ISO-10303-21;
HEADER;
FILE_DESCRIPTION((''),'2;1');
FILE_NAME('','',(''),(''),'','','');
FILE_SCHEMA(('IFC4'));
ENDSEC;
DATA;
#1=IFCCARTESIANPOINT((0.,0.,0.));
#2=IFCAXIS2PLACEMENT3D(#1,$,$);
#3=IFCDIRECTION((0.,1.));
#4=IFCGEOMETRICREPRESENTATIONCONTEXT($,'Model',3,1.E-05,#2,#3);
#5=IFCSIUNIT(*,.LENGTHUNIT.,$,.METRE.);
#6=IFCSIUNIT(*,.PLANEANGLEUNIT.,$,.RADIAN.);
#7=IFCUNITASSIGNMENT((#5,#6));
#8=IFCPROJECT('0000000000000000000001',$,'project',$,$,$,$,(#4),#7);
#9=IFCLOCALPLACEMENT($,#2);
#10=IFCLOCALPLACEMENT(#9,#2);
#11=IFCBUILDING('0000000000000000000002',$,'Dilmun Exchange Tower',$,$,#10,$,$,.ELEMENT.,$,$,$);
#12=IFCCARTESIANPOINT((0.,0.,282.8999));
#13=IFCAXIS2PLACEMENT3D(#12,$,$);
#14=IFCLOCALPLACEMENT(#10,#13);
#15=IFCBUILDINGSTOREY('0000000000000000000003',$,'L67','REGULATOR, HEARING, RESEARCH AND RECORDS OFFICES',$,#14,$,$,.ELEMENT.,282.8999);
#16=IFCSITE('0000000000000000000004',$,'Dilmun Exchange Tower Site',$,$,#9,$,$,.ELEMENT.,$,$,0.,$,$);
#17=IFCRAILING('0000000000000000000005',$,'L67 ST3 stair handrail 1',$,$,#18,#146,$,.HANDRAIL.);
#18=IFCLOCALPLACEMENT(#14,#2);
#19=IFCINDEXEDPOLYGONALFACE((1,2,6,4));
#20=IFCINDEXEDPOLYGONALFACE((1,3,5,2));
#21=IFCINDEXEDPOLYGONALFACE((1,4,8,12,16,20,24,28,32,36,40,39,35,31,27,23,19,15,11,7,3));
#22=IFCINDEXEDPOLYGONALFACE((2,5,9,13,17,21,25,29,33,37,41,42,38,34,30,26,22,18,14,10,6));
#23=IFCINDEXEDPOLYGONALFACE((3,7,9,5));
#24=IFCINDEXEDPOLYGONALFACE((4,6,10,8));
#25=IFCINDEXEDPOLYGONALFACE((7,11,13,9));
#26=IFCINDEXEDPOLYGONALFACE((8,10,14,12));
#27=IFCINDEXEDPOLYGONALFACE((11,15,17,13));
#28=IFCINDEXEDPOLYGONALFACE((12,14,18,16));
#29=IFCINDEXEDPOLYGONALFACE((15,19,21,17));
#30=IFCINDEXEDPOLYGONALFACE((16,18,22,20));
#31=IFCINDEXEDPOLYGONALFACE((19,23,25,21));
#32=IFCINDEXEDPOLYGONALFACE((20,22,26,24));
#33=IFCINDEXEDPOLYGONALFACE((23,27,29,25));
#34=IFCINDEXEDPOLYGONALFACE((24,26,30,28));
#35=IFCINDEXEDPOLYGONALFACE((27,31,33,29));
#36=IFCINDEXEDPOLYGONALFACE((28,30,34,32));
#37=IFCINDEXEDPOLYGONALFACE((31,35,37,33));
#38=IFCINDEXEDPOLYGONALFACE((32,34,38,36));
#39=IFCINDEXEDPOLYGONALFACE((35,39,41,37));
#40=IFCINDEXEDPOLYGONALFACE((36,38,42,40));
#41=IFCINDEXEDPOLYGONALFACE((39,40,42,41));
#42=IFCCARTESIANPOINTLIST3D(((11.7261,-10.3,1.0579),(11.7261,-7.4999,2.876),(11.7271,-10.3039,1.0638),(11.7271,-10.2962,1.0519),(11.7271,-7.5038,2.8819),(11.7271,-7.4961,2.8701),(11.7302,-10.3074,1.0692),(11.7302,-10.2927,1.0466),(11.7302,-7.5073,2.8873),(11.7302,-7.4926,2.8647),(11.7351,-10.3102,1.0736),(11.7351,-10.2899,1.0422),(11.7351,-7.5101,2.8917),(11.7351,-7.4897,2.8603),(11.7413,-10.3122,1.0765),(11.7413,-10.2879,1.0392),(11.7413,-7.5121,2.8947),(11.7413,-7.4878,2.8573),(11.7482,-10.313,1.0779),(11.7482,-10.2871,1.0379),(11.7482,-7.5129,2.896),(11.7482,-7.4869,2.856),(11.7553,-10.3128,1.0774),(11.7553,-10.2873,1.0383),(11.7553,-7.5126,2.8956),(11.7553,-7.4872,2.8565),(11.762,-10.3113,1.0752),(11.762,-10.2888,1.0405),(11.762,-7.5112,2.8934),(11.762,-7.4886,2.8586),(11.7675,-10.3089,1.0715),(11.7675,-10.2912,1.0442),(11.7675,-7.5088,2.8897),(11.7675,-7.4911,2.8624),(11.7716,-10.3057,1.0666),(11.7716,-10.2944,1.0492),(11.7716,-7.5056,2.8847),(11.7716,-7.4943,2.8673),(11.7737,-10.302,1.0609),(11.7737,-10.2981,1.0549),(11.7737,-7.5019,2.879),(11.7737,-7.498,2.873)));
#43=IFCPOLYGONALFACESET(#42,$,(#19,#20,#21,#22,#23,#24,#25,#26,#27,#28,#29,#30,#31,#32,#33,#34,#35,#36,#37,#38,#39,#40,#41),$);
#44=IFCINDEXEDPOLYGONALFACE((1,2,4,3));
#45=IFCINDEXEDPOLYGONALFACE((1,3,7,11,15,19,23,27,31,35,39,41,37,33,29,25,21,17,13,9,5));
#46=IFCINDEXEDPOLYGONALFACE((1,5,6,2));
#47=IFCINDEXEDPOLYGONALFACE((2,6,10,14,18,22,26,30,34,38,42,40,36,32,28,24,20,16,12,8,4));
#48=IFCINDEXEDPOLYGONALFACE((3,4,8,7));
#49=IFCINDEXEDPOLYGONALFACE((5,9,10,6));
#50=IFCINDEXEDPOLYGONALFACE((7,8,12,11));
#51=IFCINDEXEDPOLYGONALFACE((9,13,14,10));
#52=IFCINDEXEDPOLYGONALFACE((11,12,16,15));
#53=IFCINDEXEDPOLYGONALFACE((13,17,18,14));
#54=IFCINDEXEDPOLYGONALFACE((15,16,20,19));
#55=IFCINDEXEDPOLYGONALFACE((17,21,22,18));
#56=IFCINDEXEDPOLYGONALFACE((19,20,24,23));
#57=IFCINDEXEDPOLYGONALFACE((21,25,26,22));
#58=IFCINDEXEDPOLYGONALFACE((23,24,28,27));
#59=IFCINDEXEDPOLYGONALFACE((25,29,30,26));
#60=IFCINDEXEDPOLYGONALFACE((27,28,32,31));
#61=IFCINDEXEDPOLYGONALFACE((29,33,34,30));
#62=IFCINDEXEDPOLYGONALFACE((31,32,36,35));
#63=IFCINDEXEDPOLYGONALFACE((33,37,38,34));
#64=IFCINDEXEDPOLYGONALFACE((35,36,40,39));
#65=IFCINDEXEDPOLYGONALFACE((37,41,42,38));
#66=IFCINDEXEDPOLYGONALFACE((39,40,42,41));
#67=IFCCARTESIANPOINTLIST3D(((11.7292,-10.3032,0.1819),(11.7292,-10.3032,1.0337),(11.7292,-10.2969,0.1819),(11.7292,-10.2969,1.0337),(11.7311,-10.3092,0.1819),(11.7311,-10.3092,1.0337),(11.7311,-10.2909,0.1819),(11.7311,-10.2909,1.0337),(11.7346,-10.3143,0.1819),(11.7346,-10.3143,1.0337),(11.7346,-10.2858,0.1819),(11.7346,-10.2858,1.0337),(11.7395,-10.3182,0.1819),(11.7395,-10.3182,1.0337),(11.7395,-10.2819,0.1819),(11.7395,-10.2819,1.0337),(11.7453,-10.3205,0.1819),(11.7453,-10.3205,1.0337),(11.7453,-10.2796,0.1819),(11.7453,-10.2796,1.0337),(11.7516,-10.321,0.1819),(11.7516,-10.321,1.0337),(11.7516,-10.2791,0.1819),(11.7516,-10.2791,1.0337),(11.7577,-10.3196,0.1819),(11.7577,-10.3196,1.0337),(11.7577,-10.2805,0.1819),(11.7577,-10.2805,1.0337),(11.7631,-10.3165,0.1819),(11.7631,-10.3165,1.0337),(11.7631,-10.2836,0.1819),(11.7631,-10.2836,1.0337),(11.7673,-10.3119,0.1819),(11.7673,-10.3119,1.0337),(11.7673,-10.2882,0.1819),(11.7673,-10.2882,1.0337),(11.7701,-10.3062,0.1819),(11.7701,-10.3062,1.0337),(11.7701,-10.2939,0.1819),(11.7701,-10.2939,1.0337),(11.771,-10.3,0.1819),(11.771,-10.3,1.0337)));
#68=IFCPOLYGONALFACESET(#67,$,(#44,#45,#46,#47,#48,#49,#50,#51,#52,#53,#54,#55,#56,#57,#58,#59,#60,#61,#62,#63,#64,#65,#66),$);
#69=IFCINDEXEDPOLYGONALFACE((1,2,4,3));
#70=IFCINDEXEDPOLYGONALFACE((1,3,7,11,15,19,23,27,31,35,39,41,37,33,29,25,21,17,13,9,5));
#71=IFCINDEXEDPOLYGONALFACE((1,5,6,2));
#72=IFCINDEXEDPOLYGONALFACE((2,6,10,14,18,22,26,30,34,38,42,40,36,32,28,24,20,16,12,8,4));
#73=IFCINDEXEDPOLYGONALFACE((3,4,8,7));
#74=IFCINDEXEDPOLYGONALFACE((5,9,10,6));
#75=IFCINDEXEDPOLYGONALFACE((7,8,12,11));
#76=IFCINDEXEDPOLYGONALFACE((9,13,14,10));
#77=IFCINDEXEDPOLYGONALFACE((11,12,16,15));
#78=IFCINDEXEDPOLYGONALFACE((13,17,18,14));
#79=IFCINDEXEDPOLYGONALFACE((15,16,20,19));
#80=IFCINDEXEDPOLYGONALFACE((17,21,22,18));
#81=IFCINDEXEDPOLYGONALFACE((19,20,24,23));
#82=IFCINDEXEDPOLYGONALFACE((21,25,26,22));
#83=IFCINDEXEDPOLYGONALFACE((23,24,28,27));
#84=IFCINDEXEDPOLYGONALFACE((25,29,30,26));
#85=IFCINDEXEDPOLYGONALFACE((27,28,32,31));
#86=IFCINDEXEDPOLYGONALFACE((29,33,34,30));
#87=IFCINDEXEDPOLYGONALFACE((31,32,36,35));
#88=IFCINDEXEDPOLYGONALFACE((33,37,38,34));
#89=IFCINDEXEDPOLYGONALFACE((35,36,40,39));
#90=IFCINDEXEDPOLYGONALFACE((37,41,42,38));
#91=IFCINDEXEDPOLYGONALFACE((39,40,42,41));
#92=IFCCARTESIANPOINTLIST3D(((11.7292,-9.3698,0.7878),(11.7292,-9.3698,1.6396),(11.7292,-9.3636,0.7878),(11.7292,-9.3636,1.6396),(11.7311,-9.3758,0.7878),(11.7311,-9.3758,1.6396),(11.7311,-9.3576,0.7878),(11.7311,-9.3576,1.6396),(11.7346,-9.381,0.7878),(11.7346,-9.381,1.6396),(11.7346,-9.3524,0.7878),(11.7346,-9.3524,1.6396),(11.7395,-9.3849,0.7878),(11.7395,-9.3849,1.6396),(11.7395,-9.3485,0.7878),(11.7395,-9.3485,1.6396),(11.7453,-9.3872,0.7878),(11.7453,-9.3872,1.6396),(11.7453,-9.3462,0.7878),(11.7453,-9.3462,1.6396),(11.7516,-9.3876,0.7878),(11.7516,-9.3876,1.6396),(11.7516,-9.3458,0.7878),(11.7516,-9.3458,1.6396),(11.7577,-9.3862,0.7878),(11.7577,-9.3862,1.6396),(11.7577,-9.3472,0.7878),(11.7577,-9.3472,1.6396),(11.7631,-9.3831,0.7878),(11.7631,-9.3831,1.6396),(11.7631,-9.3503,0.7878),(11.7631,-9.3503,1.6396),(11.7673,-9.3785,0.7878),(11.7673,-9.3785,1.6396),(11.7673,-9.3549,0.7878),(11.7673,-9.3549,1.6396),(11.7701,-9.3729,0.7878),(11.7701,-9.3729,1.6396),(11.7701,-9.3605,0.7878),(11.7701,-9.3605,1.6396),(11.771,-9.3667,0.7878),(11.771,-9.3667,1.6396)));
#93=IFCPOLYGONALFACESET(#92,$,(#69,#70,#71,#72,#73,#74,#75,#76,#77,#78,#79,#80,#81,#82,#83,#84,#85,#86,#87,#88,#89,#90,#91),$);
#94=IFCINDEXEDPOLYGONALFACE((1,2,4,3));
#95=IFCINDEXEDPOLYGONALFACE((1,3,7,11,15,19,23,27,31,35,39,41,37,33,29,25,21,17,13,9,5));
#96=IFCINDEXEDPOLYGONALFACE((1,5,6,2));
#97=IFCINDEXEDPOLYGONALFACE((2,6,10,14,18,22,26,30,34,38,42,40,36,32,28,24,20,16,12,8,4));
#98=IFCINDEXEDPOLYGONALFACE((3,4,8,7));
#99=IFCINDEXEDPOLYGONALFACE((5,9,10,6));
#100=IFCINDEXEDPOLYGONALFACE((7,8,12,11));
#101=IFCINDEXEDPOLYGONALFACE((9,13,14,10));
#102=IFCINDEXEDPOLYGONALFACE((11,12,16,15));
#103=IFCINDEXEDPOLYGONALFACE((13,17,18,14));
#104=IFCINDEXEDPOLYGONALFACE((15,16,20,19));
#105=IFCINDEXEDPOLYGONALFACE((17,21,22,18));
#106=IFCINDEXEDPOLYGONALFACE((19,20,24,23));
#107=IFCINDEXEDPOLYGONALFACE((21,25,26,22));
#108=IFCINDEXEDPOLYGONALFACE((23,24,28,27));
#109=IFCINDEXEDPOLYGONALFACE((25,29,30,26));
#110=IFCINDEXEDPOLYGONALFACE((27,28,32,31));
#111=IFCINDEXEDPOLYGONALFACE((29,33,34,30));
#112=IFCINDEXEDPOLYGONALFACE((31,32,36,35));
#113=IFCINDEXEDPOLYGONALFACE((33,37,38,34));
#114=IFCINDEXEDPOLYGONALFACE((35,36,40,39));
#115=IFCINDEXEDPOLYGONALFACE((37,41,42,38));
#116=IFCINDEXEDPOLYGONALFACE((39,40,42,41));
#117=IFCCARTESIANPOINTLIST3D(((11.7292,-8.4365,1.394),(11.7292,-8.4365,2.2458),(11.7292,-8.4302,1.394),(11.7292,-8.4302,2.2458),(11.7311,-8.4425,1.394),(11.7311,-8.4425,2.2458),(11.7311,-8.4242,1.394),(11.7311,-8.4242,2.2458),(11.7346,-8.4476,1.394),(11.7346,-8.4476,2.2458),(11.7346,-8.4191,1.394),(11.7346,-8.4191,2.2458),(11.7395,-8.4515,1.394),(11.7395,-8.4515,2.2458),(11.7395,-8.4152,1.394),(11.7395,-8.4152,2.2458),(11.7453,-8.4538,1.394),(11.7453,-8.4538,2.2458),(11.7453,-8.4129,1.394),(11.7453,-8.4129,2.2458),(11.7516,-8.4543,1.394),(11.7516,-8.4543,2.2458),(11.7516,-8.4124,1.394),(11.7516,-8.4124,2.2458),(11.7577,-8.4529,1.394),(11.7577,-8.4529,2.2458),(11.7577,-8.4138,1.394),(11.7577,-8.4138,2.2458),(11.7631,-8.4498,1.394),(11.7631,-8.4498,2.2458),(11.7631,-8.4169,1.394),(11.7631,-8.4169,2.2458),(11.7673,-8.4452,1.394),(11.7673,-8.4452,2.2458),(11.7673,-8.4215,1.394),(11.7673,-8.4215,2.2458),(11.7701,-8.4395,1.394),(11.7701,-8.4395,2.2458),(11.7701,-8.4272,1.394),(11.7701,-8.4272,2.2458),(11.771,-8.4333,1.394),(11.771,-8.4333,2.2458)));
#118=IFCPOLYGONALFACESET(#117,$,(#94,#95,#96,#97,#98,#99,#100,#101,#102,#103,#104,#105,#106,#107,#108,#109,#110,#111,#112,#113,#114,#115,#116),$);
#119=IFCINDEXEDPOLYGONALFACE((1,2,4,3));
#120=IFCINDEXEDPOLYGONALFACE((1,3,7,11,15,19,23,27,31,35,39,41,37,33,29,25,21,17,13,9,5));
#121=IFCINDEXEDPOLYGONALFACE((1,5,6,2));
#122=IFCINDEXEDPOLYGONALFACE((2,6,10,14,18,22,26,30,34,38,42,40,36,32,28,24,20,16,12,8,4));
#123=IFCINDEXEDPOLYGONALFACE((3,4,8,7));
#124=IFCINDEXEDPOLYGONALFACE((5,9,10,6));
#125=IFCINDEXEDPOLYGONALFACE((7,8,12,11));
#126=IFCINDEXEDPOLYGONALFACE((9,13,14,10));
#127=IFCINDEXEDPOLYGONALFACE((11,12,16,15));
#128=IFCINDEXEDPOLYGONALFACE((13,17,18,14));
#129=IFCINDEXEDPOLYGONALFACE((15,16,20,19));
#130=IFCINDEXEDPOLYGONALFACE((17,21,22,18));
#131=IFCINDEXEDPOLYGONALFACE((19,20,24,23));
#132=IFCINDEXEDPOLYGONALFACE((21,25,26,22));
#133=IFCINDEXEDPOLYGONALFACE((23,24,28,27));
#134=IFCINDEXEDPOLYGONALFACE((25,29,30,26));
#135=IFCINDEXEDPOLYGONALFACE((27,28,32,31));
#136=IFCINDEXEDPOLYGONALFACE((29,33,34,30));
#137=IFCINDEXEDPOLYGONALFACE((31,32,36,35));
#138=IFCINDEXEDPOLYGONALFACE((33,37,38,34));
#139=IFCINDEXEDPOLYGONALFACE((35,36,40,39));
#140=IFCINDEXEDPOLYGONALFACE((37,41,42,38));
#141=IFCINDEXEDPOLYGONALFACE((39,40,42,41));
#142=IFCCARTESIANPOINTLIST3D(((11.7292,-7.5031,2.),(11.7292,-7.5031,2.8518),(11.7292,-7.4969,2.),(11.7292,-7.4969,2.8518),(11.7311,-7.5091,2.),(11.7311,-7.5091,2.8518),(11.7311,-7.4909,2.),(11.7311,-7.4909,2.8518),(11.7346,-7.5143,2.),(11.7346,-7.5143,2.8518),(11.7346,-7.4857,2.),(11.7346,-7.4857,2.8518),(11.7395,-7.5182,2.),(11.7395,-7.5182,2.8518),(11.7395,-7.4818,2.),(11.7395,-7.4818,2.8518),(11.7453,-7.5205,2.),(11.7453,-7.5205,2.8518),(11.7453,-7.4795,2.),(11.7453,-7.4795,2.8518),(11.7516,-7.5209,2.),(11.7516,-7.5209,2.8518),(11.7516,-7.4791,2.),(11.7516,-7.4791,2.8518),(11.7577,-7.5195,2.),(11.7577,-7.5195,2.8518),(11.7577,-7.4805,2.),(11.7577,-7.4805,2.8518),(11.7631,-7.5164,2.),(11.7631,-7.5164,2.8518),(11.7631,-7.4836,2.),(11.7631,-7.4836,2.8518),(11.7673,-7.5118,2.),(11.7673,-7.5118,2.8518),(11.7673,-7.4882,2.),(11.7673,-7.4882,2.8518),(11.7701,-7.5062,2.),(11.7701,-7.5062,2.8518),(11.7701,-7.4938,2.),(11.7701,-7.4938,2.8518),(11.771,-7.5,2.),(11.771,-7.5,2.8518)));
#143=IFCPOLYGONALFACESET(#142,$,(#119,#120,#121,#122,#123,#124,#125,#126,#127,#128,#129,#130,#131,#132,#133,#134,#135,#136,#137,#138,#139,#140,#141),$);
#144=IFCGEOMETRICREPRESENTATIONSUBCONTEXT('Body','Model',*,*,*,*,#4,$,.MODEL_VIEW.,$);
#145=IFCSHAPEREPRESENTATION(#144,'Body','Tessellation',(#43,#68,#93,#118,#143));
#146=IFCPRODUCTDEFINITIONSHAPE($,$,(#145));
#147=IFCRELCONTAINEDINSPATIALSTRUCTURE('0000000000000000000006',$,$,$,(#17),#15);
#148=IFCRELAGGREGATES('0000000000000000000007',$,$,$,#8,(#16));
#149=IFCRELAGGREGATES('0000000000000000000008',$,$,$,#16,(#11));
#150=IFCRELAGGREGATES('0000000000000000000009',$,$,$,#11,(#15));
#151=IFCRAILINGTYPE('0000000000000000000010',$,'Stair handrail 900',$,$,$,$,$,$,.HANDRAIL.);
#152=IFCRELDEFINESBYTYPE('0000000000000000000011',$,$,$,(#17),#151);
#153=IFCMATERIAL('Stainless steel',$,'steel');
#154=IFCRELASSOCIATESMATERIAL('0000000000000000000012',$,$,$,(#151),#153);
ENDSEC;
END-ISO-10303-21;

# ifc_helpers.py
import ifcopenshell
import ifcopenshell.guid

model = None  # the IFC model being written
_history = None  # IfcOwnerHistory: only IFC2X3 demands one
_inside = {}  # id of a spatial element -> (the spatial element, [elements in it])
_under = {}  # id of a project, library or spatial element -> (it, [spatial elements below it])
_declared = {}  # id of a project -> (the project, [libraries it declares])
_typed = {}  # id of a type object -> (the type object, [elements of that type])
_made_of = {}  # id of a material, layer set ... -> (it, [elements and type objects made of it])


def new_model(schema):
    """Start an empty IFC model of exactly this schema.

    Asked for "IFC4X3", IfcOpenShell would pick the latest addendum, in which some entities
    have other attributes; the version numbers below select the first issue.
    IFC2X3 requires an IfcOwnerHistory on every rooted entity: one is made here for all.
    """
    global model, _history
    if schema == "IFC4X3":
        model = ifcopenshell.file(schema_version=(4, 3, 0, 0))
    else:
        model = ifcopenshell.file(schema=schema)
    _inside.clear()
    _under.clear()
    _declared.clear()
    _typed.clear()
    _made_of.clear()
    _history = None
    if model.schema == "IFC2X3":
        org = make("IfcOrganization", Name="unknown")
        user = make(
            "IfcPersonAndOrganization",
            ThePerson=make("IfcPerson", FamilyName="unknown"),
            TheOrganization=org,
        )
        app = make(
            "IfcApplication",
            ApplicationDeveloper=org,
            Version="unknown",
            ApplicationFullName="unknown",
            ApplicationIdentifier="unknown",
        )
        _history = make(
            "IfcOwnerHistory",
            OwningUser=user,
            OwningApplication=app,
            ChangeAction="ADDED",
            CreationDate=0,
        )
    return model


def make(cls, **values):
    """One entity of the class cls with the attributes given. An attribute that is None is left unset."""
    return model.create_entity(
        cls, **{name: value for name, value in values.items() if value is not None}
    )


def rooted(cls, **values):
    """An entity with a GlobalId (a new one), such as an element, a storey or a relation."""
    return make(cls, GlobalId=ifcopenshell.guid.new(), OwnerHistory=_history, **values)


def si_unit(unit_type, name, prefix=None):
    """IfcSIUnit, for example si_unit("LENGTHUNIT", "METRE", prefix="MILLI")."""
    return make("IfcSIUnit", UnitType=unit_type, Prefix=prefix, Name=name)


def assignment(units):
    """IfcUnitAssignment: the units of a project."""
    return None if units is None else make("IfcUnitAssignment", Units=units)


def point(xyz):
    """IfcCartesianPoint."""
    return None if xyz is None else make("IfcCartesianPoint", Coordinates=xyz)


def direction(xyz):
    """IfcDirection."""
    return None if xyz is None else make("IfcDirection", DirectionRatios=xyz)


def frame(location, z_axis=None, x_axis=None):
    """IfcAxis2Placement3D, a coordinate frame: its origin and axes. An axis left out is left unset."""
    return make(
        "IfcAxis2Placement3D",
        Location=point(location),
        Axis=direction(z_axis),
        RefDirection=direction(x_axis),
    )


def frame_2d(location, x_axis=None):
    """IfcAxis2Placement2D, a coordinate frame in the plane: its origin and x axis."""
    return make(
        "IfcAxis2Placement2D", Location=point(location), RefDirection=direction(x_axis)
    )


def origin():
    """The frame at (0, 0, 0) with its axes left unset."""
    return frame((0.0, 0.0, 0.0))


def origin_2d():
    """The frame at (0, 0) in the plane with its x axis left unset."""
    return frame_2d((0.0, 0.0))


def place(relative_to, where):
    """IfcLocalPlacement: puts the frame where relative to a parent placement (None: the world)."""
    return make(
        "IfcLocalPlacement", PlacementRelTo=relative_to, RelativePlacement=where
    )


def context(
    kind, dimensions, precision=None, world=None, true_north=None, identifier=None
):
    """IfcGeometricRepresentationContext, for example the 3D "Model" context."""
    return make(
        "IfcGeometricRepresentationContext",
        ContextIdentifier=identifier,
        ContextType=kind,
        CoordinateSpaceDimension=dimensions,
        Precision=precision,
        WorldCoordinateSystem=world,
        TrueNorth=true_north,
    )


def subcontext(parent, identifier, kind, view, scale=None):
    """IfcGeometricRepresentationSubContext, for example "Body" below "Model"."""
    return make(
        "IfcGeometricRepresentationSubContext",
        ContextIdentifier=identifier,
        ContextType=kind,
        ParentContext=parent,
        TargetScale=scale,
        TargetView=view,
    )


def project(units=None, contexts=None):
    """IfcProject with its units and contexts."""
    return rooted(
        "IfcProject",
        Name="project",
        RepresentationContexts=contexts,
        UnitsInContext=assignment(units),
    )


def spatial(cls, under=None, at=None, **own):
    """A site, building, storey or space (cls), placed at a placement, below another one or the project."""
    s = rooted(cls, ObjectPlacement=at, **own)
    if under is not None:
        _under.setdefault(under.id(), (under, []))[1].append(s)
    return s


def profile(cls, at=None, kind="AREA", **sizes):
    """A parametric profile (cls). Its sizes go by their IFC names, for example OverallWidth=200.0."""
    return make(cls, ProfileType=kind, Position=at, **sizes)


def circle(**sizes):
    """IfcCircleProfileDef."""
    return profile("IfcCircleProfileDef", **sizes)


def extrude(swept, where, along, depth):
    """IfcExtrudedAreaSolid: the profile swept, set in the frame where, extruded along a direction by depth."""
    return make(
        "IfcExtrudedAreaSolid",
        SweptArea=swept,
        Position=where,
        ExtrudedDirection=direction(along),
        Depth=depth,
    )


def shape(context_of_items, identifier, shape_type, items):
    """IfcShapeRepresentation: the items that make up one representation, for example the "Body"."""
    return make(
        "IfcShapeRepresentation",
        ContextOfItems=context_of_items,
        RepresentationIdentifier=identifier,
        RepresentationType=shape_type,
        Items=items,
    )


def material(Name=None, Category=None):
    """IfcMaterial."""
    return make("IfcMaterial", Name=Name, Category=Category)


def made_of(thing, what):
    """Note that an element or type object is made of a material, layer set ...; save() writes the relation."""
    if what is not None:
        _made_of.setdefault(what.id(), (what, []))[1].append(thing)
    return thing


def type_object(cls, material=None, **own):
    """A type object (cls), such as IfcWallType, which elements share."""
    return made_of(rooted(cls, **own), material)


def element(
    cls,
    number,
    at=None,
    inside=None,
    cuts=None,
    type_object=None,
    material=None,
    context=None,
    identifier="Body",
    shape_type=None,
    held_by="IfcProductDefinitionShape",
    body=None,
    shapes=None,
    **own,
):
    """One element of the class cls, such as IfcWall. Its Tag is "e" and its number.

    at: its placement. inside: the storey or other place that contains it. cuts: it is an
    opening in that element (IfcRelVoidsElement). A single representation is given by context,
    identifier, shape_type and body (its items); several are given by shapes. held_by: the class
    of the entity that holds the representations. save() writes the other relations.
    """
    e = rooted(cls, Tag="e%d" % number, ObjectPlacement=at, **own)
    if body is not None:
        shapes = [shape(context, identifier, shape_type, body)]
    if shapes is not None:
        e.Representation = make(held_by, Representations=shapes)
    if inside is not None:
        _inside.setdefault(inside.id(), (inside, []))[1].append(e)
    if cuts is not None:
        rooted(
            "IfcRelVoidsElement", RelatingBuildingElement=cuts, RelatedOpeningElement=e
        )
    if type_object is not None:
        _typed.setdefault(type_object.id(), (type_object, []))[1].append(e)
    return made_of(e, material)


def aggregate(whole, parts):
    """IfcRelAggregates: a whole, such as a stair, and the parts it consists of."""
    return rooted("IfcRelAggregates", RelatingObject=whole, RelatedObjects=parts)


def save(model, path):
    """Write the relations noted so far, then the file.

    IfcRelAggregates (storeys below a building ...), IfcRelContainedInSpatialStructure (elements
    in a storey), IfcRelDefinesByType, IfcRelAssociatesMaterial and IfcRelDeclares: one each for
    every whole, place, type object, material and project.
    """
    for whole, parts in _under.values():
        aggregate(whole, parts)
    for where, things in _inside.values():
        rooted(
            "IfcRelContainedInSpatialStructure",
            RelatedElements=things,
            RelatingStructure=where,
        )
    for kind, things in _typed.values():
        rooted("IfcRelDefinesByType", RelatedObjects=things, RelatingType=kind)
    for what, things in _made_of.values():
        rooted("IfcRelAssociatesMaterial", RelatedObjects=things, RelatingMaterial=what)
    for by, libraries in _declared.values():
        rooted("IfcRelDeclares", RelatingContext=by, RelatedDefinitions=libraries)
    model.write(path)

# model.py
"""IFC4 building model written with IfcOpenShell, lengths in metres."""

from ifc_helpers import new_model, si_unit, direction, frame, origin, origin_2d, place, context, subcontext, project, spatial, circle, extrude, material, type_object, element, save


model = new_model("IFC4")

# Units and contexts
model_context = context("Model", 3, precision=1e-05, world=origin(), true_north=direction((0.0, 1.0)))
body_context = subcontext(model_context, "Body", "Model", "MODEL_VIEW")
ifc_project = project(units=[si_unit("LENGTHUNIT", "METRE"), si_unit("PLANEANGLEUNIT", "RADIAN")], contexts=[model_context])

# Site, building, storey
site_placement = place(None, origin())
site = spatial("IfcSite", under=ifc_project, at=site_placement, Name="Dilmun Exchange Tower Site", CompositionType="ELEMENT", RefElevation=0.0)
building_placement = place(site_placement, origin())
building = spatial("IfcBuilding", under=site, at=building_placement, Name="Dilmun Exchange Tower", CompositionType="ELEMENT")
storey_placement = place(building_placement, frame((0.0, 0.0, 282.8999)))
storey = spatial("IfcBuildingStorey", under=building, at=storey_placement, Name="L67", Description="REGULATOR, HEARING, RESEARCH AND RECORDS OFFICES", CompositionType="ELEMENT", Elevation=282.8999)

# Railing
ifc_material_1 = material(Name="Stainless steel", Category="steel")
railing_type = type_object("IfcRailingType", Name="Stair handrail 900", PredefinedType="HANDRAIL", material=ifc_material_1)
railing_1_placement = place(storey_placement, frame((11.75, -10.3, 0.1819)))
element("IfcRailing", 1, at=railing_1_placement, inside=storey, type_object=railing_type, Name="L67 ST3 stair handrail 1", PredefinedType="HANDRAIL", context=body_context, shape_type="SweptSolid", body=[
    extrude(circle(Radius=0.0239, at=origin_2d()), frame((0.0, 0.0, 0.876), z_axis=(0.0, 0.838706, 0.544585), x_axis=(-1.0, 0.0, 0.0)), (0.0, 0.0, 1.0), 3.3386),
    extrude(circle(Radius=0.021, at=origin_2d()), origin(), (0.0, 0.0, 1.0), 0.8518),
    extrude(circle(Radius=0.021, at=origin_2d()), frame((0.0, 0.9333, 0.606)), (0.0, 0.0, 1.0), 0.8518),
    extrude(circle(Radius=0.021, at=origin_2d()), frame((0.0, 1.8667, 1.2122)), (0.0, 0.0, 1.0), 0.8518),
    extrude(circle(Radius=0.021, at=origin_2d()), frame((0.0, 2.8, 1.8181)), (0.0, 0.0, 1.0), 0.8518),
])

save(model, "model.ifc")
